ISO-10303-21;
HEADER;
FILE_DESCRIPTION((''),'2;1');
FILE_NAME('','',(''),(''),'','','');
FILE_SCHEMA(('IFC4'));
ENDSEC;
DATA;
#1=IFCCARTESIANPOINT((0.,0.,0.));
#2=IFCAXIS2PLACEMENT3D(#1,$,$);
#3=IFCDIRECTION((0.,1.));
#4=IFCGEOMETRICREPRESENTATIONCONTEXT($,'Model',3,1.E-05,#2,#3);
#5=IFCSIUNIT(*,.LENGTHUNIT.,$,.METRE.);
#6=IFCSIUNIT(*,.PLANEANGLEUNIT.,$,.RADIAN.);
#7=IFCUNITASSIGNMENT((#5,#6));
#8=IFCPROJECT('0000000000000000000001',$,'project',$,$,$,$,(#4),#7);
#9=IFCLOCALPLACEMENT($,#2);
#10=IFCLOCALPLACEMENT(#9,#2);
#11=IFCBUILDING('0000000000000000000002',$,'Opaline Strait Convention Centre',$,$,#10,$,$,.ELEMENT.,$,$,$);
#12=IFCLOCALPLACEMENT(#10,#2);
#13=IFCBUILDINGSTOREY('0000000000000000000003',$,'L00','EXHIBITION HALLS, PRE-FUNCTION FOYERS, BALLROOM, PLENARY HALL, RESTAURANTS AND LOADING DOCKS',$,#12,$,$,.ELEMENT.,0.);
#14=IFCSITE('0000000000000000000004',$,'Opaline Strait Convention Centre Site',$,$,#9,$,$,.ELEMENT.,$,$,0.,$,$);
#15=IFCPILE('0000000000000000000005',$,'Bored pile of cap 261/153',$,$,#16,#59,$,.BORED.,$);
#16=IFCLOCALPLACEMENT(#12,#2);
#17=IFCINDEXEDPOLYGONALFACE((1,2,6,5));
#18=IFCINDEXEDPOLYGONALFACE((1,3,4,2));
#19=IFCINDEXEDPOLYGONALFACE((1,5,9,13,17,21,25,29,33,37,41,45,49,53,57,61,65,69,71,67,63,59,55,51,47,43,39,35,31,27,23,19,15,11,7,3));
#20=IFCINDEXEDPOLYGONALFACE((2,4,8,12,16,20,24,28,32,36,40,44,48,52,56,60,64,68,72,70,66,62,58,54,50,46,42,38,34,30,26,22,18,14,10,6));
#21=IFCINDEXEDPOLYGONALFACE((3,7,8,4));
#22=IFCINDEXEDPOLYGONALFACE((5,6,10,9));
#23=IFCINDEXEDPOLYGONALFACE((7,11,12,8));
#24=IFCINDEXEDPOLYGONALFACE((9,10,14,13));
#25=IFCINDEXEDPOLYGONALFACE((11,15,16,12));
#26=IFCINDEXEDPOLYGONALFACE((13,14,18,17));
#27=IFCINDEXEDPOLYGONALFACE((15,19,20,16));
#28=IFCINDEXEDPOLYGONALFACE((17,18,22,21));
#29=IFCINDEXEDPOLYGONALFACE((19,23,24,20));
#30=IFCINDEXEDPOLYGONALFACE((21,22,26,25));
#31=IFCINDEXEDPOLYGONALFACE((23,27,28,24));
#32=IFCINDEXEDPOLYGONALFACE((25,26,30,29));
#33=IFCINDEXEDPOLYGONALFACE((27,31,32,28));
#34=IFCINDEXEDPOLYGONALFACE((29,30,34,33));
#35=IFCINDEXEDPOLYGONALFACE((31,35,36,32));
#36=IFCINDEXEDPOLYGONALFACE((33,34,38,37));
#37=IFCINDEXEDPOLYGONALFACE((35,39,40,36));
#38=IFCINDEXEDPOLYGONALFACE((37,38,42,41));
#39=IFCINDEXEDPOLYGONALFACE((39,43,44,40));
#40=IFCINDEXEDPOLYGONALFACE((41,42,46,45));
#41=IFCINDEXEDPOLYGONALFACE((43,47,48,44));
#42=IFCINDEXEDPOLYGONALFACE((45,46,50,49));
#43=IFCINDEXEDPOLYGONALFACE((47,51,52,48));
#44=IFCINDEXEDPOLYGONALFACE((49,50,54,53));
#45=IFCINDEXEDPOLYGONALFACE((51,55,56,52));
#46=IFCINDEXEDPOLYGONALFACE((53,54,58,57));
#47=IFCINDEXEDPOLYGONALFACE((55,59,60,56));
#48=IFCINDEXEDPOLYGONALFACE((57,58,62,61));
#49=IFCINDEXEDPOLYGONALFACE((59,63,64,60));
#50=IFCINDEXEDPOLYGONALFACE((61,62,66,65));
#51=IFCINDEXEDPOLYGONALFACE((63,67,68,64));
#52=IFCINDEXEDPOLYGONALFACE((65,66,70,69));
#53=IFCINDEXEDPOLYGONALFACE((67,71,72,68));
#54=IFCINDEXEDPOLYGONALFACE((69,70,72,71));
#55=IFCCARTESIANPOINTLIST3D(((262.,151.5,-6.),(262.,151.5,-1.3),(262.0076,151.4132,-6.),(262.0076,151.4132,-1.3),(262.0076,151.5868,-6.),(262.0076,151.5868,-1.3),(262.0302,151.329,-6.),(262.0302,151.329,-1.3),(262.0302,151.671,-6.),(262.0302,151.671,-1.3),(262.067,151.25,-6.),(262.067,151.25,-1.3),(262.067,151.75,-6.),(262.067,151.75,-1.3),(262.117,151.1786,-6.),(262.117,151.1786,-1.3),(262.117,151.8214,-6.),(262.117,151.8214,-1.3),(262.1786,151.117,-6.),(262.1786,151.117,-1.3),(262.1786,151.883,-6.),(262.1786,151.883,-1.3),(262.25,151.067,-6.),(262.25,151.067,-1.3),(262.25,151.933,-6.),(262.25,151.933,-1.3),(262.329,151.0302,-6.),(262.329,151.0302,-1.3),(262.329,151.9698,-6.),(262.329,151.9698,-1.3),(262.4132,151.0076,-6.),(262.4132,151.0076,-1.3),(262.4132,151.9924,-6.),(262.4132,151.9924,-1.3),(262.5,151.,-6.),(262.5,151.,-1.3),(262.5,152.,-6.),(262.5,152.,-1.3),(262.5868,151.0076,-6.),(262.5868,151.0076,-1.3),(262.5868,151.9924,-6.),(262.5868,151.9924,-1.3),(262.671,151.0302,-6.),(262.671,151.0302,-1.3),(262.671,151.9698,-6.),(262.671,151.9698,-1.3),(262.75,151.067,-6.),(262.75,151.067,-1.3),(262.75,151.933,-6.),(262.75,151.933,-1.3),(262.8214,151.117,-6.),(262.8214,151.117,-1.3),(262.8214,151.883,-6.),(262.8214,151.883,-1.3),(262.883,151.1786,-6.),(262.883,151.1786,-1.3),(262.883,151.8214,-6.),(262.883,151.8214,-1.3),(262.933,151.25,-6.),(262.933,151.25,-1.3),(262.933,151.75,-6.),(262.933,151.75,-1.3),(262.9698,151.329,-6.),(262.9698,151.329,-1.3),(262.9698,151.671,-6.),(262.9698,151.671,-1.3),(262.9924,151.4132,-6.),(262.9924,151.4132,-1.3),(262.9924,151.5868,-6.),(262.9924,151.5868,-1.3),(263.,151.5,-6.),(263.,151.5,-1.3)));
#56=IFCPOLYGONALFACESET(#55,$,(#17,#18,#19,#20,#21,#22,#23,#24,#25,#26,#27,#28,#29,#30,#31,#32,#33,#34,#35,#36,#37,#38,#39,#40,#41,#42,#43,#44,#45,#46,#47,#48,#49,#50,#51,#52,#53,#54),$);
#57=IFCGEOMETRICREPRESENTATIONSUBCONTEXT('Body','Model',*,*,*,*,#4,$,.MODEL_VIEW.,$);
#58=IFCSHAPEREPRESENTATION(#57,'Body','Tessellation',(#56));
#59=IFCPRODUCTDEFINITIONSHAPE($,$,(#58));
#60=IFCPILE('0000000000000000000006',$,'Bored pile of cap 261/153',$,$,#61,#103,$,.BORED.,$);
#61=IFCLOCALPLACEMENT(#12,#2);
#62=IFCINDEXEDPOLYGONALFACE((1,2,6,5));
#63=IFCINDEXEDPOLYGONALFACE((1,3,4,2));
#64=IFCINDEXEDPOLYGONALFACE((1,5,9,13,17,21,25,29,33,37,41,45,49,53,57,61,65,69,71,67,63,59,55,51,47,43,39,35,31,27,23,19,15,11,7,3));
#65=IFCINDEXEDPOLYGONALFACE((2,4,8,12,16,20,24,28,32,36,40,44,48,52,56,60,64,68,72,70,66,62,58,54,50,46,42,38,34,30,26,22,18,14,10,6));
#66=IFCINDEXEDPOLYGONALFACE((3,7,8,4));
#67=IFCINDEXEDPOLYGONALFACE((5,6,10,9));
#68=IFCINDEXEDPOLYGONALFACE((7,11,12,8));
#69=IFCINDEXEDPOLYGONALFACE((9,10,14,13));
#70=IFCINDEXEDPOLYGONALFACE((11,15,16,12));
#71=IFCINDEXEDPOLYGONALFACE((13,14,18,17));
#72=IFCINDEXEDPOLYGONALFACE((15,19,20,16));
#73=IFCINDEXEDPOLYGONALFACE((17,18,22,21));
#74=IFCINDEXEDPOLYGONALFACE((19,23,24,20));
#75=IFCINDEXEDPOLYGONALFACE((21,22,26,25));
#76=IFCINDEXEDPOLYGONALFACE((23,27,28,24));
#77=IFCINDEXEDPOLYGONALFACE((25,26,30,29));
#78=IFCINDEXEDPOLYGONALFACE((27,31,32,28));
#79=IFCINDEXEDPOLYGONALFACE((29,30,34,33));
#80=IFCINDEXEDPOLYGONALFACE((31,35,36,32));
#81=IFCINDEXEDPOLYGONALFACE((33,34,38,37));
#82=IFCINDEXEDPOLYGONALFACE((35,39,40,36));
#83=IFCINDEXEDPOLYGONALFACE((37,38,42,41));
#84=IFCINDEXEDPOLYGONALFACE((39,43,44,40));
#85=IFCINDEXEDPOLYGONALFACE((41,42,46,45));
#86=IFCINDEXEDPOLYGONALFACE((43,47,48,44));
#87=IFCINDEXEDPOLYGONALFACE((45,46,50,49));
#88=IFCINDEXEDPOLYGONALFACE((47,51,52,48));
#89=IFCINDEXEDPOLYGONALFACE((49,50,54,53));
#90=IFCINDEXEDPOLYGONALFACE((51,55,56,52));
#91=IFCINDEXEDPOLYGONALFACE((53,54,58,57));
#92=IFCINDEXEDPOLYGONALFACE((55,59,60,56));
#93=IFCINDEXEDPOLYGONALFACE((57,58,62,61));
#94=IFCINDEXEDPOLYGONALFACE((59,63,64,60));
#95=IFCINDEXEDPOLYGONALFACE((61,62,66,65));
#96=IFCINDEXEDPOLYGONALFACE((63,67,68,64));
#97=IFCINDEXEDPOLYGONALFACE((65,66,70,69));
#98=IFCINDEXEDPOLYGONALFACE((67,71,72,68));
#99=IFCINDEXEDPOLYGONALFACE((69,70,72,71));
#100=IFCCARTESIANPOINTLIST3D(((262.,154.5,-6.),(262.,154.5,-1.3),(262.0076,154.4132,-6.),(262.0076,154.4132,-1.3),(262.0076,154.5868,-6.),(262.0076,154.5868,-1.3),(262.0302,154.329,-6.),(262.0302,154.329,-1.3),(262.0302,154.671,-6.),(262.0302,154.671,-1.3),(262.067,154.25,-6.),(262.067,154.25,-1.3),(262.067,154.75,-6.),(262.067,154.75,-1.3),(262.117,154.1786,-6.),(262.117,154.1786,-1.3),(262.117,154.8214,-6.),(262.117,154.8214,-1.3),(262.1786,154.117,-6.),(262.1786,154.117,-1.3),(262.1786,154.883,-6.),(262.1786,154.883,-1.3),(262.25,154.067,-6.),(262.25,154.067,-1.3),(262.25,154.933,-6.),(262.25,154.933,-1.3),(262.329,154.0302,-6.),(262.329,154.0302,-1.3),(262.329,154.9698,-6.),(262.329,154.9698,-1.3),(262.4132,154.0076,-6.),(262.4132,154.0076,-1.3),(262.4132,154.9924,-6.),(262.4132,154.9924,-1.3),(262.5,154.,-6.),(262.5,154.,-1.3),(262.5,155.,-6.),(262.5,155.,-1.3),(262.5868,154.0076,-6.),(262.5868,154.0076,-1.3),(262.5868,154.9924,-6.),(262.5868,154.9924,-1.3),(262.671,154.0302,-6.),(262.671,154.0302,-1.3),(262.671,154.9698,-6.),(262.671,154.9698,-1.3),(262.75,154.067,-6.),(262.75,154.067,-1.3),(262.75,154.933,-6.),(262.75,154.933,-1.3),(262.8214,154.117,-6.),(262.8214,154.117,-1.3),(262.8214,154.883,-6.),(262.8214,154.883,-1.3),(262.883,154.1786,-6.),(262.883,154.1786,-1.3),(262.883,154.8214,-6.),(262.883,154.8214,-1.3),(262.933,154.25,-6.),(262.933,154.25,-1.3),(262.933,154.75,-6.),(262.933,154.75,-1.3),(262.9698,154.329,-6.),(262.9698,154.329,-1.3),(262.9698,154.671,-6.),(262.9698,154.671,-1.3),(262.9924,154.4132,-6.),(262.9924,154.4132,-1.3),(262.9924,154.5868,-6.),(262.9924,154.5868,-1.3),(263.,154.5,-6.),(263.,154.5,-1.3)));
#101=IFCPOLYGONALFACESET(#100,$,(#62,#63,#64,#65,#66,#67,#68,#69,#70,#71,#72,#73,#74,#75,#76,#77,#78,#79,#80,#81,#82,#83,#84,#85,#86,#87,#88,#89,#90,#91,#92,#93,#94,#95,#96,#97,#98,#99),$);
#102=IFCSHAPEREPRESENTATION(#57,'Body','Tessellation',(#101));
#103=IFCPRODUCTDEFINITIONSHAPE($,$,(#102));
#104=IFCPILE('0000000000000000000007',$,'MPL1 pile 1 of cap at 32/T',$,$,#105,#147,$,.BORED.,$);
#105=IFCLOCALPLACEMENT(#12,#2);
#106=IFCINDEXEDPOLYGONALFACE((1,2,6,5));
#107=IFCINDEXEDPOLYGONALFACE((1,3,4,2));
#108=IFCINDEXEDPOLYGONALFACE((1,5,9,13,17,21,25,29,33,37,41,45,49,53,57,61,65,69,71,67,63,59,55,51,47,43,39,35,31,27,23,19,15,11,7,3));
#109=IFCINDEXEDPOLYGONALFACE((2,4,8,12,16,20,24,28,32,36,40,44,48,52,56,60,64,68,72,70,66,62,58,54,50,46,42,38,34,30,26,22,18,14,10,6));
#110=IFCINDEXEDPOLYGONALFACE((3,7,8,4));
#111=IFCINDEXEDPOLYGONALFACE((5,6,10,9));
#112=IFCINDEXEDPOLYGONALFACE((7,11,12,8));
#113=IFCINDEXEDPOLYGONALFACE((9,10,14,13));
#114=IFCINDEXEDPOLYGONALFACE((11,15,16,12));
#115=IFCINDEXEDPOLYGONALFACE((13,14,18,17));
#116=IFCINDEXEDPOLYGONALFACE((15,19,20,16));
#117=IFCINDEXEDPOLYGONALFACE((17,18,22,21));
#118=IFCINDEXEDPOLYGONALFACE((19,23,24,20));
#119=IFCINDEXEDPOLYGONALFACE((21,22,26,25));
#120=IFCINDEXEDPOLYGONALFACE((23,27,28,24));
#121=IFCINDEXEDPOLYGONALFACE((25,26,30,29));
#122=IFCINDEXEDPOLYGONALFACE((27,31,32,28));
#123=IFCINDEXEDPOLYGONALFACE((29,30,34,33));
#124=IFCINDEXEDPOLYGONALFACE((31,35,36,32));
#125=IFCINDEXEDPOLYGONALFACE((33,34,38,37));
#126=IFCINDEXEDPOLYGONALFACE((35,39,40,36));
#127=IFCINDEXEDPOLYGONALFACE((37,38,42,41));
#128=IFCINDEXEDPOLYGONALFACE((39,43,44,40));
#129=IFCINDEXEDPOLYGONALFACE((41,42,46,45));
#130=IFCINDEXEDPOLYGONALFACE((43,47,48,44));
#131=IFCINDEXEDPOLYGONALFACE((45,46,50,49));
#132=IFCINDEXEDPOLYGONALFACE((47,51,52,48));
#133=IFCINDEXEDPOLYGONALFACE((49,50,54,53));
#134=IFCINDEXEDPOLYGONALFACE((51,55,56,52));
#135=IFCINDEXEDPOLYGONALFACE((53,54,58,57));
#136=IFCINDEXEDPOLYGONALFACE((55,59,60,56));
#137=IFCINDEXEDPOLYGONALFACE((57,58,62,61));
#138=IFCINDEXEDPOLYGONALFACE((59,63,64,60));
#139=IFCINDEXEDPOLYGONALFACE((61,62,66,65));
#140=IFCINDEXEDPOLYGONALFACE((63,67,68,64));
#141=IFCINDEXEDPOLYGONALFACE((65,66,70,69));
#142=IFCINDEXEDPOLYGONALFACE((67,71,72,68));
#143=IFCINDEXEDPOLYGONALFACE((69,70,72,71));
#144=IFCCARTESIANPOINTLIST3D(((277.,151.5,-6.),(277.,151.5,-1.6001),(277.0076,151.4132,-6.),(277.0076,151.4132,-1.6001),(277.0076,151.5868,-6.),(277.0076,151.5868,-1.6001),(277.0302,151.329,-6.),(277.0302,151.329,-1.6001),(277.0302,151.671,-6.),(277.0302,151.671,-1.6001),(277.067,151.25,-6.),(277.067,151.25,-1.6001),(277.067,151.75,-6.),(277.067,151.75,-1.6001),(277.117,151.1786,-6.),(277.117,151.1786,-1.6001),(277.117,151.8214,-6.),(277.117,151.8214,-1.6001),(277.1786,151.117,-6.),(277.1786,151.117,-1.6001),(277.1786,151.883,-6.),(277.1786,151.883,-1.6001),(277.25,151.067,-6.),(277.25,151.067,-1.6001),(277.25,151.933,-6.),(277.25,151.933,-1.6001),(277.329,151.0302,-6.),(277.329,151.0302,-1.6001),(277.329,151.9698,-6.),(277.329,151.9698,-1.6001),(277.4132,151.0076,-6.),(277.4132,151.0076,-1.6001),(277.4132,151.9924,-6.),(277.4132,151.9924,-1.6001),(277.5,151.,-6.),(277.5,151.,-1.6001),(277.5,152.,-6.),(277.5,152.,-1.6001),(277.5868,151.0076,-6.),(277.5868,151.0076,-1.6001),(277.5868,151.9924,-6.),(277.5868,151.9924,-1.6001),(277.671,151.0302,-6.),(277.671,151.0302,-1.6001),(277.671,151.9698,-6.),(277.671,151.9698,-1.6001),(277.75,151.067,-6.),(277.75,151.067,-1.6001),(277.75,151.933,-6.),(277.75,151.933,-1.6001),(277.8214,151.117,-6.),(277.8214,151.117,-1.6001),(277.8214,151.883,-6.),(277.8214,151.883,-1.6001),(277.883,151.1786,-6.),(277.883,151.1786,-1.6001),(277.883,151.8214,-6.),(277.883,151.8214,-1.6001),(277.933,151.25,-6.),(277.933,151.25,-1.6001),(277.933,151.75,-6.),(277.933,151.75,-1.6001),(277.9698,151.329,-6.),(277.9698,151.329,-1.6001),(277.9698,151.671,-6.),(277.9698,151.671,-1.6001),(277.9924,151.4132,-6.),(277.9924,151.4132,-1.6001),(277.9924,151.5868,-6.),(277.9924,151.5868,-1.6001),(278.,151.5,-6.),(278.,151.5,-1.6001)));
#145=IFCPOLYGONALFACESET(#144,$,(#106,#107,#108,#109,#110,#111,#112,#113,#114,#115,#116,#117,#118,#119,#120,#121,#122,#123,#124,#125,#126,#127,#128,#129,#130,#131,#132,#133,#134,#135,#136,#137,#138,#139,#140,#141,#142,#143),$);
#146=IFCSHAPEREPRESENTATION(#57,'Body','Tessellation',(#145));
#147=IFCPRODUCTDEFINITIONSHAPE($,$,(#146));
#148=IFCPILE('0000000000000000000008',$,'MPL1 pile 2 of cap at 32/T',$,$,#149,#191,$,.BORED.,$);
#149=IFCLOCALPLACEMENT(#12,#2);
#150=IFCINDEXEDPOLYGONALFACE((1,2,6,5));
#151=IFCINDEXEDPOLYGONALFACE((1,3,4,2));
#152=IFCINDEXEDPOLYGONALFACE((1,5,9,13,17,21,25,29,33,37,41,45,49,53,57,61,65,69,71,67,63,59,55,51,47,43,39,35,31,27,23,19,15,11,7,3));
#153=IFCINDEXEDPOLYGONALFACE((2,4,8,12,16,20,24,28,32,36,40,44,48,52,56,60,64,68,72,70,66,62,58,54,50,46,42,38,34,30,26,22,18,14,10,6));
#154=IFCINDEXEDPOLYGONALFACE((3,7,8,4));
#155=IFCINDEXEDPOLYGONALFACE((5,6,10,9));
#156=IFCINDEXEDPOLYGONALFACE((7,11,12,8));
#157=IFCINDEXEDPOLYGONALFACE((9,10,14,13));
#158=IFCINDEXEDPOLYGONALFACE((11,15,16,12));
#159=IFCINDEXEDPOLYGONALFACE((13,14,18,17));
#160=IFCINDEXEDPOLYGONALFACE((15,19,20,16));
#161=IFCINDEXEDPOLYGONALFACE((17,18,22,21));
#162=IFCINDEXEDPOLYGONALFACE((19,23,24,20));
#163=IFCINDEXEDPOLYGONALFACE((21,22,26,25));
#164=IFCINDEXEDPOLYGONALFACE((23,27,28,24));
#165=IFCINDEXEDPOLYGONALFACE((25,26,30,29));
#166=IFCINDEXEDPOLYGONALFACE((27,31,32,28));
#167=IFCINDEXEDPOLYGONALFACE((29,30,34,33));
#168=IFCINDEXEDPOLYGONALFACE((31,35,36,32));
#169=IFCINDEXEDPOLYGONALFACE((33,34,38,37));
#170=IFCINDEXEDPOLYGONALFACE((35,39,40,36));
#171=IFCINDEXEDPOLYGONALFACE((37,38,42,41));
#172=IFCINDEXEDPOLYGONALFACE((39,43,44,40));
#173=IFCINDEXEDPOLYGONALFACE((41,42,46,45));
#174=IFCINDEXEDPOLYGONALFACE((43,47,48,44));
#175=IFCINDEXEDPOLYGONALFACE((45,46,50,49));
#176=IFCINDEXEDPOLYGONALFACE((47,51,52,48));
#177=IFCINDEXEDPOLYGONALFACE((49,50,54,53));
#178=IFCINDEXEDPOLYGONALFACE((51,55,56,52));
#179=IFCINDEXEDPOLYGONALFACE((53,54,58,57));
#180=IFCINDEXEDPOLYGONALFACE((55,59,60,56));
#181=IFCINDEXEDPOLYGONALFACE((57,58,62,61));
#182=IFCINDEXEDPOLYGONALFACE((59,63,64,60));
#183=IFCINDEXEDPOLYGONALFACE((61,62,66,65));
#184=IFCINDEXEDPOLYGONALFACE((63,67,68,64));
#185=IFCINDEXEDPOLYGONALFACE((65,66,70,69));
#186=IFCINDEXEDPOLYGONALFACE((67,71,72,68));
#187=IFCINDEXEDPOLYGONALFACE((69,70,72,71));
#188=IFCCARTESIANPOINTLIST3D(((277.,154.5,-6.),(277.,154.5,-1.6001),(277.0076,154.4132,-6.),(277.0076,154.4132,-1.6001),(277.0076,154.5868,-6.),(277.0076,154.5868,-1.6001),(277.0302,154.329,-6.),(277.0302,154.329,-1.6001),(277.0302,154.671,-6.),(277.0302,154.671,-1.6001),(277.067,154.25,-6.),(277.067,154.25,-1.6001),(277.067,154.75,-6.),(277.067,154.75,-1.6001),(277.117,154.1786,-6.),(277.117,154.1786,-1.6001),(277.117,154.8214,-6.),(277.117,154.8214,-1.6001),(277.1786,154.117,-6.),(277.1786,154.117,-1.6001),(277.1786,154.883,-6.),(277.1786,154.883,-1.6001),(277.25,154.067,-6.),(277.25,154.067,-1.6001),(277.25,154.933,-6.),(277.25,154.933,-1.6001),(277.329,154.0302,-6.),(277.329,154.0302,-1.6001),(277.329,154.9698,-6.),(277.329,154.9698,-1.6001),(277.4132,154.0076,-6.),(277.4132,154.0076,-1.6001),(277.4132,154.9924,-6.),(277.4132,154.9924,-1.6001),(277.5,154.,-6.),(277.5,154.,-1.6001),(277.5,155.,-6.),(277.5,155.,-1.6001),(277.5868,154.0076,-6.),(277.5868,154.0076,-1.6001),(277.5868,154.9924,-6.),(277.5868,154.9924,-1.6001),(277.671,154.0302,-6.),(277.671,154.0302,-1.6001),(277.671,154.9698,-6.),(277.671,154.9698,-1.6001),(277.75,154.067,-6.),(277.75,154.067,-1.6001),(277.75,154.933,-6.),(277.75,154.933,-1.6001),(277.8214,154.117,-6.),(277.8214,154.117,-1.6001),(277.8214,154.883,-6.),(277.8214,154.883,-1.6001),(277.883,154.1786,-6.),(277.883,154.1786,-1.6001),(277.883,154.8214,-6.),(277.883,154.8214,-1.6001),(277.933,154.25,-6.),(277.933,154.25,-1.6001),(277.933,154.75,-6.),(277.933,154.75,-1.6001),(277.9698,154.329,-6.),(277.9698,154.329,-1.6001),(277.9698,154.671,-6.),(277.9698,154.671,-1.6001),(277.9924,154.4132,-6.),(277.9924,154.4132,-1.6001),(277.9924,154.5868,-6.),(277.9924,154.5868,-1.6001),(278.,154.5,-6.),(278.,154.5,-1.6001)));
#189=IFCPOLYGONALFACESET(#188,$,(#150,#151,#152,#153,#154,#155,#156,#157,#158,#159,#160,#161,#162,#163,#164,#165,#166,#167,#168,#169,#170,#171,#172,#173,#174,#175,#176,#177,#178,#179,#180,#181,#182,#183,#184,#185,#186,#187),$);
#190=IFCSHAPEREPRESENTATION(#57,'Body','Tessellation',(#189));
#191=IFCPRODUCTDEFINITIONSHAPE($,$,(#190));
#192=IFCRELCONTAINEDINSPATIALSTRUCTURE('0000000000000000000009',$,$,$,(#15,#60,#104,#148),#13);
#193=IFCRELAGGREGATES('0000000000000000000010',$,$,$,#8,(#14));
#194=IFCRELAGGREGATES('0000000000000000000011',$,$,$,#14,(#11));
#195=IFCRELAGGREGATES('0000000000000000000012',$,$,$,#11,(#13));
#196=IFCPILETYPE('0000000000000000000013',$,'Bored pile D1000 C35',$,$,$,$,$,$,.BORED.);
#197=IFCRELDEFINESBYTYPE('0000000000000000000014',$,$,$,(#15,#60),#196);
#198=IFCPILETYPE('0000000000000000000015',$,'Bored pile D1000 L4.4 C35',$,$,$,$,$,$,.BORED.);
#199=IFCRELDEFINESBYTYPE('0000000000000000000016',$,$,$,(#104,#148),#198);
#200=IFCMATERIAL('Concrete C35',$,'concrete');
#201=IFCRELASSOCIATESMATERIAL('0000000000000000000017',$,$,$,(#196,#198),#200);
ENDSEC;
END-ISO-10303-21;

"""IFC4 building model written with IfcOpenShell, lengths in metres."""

from ifc_helpers import new_model, si_unit, direction, frame, origin, origin_2d, place, context, subcontext, project, spatial, circle, extrude, material, material_profile, profile_set, type_object, element, save


model = new_model("IFC4")

# Units and contexts
model_context = context("Model", 3, precision=1e-05, world=origin(), true_north=direction((0.0, 1.0)))
body_context = subcontext(model_context, "Body", "Model", "MODEL_VIEW")
ifc_project = project(units=[si_unit("LENGTHUNIT", "METRE"), si_unit("PLANEANGLEUNIT", "RADIAN")], contexts=[model_context])

# Site, building, storey
site_placement = place(None, origin())
site = spatial("IfcSite", under=ifc_project, at=site_placement, Name="Opaline Strait Convention Centre Site", CompositionType="ELEMENT", RefElevation=0.0)
building_placement = place(site_placement, origin())
building = spatial("IfcBuilding", under=site, at=building_placement, Name="Opaline Strait Convention Centre", CompositionType="ELEMENT")
storey_placement = place(building_placement, origin())
storey = spatial("IfcBuildingStorey", under=building, at=storey_placement, Name="L00", Description="EXHIBITION HALLS, PRE-FUNCTION FOYERS, BALLROOM, PLENARY HALL, RESTAURANTS AND LOADING DOCKS", CompositionType="ELEMENT", Elevation=0.0)

# Piles
ifc_material_1 = material(Name="Concrete C35", Category="concrete")
ifc_material_profile_1 = material_profile(ifc_material_1, circle(Radius=0.5, at=origin_2d()), Name="D1000")
ifc_profile_set_1 = profile_set([ifc_material_profile_1], Name="Concrete C35")
pile_type_1 = type_object("IfcPileType", Name="Bored pile D1000 C35", PredefinedType="BORED", material=ifc_profile_set_1)
for number, where, z_axis, x_axis, name in (
    (1, (262.5, 151.5, -1.3), (0.0, 0.0, -1.0), (1.0, 0.0, 0.0), "Bored pile of cap 261/153"),
    (2, (262.5, 154.5, -1.3), (0.0, 0.0, -1.0), (1.0, 0.0, 0.0), "Bored pile of cap 261/153"),
):
    element("IfcPile", number, at=place(storey_placement, frame(where, z_axis=z_axis, x_axis=x_axis)), inside=storey, type_object=pile_type_1, Name=name, PredefinedType="BORED", context=body_context, shape_type="SweptSolid", body=[
        extrude(circle(Radius=0.5, at=origin_2d()), origin(), (0.0, 0.0, 1.0), 4.7),
    ])
ifc_material_profile_2 = material_profile(ifc_material_1, circle(Radius=0.5, at=origin_2d()), Name="D1000")
ifc_profile_set_2 = profile_set([ifc_material_profile_2], Name="Concrete C35")
pile_type_2 = type_object("IfcPileType", Name="Bored pile D1000 L4.4 C35", PredefinedType="BORED", material=ifc_profile_set_2)
for number, where, z_axis, x_axis, name in (
    (3, (277.5, 151.5, -1.6001), (0.0, 0.0, -1.0), (1.0, 0.0, 0.0), "MPL1 pile 1 of cap at 32/T"),
    (4, (277.5, 154.5, -1.6001), (0.0, 0.0, -1.0), (1.0, 0.0, 0.0), "MPL1 pile 2 of cap at 32/T"),
):
    element("IfcPile", number, at=place(storey_placement, frame(where, z_axis=z_axis, x_axis=x_axis)), inside=storey, type_object=pile_type_2, Name=name, PredefinedType="BORED", context=body_context, shape_type="SweptSolid", body=[
        extrude(circle(Radius=0.5, at=origin_2d()), origin(), (0.0, 0.0, 1.0), 4.3999),
    ])

save(model, "model.ifc")
